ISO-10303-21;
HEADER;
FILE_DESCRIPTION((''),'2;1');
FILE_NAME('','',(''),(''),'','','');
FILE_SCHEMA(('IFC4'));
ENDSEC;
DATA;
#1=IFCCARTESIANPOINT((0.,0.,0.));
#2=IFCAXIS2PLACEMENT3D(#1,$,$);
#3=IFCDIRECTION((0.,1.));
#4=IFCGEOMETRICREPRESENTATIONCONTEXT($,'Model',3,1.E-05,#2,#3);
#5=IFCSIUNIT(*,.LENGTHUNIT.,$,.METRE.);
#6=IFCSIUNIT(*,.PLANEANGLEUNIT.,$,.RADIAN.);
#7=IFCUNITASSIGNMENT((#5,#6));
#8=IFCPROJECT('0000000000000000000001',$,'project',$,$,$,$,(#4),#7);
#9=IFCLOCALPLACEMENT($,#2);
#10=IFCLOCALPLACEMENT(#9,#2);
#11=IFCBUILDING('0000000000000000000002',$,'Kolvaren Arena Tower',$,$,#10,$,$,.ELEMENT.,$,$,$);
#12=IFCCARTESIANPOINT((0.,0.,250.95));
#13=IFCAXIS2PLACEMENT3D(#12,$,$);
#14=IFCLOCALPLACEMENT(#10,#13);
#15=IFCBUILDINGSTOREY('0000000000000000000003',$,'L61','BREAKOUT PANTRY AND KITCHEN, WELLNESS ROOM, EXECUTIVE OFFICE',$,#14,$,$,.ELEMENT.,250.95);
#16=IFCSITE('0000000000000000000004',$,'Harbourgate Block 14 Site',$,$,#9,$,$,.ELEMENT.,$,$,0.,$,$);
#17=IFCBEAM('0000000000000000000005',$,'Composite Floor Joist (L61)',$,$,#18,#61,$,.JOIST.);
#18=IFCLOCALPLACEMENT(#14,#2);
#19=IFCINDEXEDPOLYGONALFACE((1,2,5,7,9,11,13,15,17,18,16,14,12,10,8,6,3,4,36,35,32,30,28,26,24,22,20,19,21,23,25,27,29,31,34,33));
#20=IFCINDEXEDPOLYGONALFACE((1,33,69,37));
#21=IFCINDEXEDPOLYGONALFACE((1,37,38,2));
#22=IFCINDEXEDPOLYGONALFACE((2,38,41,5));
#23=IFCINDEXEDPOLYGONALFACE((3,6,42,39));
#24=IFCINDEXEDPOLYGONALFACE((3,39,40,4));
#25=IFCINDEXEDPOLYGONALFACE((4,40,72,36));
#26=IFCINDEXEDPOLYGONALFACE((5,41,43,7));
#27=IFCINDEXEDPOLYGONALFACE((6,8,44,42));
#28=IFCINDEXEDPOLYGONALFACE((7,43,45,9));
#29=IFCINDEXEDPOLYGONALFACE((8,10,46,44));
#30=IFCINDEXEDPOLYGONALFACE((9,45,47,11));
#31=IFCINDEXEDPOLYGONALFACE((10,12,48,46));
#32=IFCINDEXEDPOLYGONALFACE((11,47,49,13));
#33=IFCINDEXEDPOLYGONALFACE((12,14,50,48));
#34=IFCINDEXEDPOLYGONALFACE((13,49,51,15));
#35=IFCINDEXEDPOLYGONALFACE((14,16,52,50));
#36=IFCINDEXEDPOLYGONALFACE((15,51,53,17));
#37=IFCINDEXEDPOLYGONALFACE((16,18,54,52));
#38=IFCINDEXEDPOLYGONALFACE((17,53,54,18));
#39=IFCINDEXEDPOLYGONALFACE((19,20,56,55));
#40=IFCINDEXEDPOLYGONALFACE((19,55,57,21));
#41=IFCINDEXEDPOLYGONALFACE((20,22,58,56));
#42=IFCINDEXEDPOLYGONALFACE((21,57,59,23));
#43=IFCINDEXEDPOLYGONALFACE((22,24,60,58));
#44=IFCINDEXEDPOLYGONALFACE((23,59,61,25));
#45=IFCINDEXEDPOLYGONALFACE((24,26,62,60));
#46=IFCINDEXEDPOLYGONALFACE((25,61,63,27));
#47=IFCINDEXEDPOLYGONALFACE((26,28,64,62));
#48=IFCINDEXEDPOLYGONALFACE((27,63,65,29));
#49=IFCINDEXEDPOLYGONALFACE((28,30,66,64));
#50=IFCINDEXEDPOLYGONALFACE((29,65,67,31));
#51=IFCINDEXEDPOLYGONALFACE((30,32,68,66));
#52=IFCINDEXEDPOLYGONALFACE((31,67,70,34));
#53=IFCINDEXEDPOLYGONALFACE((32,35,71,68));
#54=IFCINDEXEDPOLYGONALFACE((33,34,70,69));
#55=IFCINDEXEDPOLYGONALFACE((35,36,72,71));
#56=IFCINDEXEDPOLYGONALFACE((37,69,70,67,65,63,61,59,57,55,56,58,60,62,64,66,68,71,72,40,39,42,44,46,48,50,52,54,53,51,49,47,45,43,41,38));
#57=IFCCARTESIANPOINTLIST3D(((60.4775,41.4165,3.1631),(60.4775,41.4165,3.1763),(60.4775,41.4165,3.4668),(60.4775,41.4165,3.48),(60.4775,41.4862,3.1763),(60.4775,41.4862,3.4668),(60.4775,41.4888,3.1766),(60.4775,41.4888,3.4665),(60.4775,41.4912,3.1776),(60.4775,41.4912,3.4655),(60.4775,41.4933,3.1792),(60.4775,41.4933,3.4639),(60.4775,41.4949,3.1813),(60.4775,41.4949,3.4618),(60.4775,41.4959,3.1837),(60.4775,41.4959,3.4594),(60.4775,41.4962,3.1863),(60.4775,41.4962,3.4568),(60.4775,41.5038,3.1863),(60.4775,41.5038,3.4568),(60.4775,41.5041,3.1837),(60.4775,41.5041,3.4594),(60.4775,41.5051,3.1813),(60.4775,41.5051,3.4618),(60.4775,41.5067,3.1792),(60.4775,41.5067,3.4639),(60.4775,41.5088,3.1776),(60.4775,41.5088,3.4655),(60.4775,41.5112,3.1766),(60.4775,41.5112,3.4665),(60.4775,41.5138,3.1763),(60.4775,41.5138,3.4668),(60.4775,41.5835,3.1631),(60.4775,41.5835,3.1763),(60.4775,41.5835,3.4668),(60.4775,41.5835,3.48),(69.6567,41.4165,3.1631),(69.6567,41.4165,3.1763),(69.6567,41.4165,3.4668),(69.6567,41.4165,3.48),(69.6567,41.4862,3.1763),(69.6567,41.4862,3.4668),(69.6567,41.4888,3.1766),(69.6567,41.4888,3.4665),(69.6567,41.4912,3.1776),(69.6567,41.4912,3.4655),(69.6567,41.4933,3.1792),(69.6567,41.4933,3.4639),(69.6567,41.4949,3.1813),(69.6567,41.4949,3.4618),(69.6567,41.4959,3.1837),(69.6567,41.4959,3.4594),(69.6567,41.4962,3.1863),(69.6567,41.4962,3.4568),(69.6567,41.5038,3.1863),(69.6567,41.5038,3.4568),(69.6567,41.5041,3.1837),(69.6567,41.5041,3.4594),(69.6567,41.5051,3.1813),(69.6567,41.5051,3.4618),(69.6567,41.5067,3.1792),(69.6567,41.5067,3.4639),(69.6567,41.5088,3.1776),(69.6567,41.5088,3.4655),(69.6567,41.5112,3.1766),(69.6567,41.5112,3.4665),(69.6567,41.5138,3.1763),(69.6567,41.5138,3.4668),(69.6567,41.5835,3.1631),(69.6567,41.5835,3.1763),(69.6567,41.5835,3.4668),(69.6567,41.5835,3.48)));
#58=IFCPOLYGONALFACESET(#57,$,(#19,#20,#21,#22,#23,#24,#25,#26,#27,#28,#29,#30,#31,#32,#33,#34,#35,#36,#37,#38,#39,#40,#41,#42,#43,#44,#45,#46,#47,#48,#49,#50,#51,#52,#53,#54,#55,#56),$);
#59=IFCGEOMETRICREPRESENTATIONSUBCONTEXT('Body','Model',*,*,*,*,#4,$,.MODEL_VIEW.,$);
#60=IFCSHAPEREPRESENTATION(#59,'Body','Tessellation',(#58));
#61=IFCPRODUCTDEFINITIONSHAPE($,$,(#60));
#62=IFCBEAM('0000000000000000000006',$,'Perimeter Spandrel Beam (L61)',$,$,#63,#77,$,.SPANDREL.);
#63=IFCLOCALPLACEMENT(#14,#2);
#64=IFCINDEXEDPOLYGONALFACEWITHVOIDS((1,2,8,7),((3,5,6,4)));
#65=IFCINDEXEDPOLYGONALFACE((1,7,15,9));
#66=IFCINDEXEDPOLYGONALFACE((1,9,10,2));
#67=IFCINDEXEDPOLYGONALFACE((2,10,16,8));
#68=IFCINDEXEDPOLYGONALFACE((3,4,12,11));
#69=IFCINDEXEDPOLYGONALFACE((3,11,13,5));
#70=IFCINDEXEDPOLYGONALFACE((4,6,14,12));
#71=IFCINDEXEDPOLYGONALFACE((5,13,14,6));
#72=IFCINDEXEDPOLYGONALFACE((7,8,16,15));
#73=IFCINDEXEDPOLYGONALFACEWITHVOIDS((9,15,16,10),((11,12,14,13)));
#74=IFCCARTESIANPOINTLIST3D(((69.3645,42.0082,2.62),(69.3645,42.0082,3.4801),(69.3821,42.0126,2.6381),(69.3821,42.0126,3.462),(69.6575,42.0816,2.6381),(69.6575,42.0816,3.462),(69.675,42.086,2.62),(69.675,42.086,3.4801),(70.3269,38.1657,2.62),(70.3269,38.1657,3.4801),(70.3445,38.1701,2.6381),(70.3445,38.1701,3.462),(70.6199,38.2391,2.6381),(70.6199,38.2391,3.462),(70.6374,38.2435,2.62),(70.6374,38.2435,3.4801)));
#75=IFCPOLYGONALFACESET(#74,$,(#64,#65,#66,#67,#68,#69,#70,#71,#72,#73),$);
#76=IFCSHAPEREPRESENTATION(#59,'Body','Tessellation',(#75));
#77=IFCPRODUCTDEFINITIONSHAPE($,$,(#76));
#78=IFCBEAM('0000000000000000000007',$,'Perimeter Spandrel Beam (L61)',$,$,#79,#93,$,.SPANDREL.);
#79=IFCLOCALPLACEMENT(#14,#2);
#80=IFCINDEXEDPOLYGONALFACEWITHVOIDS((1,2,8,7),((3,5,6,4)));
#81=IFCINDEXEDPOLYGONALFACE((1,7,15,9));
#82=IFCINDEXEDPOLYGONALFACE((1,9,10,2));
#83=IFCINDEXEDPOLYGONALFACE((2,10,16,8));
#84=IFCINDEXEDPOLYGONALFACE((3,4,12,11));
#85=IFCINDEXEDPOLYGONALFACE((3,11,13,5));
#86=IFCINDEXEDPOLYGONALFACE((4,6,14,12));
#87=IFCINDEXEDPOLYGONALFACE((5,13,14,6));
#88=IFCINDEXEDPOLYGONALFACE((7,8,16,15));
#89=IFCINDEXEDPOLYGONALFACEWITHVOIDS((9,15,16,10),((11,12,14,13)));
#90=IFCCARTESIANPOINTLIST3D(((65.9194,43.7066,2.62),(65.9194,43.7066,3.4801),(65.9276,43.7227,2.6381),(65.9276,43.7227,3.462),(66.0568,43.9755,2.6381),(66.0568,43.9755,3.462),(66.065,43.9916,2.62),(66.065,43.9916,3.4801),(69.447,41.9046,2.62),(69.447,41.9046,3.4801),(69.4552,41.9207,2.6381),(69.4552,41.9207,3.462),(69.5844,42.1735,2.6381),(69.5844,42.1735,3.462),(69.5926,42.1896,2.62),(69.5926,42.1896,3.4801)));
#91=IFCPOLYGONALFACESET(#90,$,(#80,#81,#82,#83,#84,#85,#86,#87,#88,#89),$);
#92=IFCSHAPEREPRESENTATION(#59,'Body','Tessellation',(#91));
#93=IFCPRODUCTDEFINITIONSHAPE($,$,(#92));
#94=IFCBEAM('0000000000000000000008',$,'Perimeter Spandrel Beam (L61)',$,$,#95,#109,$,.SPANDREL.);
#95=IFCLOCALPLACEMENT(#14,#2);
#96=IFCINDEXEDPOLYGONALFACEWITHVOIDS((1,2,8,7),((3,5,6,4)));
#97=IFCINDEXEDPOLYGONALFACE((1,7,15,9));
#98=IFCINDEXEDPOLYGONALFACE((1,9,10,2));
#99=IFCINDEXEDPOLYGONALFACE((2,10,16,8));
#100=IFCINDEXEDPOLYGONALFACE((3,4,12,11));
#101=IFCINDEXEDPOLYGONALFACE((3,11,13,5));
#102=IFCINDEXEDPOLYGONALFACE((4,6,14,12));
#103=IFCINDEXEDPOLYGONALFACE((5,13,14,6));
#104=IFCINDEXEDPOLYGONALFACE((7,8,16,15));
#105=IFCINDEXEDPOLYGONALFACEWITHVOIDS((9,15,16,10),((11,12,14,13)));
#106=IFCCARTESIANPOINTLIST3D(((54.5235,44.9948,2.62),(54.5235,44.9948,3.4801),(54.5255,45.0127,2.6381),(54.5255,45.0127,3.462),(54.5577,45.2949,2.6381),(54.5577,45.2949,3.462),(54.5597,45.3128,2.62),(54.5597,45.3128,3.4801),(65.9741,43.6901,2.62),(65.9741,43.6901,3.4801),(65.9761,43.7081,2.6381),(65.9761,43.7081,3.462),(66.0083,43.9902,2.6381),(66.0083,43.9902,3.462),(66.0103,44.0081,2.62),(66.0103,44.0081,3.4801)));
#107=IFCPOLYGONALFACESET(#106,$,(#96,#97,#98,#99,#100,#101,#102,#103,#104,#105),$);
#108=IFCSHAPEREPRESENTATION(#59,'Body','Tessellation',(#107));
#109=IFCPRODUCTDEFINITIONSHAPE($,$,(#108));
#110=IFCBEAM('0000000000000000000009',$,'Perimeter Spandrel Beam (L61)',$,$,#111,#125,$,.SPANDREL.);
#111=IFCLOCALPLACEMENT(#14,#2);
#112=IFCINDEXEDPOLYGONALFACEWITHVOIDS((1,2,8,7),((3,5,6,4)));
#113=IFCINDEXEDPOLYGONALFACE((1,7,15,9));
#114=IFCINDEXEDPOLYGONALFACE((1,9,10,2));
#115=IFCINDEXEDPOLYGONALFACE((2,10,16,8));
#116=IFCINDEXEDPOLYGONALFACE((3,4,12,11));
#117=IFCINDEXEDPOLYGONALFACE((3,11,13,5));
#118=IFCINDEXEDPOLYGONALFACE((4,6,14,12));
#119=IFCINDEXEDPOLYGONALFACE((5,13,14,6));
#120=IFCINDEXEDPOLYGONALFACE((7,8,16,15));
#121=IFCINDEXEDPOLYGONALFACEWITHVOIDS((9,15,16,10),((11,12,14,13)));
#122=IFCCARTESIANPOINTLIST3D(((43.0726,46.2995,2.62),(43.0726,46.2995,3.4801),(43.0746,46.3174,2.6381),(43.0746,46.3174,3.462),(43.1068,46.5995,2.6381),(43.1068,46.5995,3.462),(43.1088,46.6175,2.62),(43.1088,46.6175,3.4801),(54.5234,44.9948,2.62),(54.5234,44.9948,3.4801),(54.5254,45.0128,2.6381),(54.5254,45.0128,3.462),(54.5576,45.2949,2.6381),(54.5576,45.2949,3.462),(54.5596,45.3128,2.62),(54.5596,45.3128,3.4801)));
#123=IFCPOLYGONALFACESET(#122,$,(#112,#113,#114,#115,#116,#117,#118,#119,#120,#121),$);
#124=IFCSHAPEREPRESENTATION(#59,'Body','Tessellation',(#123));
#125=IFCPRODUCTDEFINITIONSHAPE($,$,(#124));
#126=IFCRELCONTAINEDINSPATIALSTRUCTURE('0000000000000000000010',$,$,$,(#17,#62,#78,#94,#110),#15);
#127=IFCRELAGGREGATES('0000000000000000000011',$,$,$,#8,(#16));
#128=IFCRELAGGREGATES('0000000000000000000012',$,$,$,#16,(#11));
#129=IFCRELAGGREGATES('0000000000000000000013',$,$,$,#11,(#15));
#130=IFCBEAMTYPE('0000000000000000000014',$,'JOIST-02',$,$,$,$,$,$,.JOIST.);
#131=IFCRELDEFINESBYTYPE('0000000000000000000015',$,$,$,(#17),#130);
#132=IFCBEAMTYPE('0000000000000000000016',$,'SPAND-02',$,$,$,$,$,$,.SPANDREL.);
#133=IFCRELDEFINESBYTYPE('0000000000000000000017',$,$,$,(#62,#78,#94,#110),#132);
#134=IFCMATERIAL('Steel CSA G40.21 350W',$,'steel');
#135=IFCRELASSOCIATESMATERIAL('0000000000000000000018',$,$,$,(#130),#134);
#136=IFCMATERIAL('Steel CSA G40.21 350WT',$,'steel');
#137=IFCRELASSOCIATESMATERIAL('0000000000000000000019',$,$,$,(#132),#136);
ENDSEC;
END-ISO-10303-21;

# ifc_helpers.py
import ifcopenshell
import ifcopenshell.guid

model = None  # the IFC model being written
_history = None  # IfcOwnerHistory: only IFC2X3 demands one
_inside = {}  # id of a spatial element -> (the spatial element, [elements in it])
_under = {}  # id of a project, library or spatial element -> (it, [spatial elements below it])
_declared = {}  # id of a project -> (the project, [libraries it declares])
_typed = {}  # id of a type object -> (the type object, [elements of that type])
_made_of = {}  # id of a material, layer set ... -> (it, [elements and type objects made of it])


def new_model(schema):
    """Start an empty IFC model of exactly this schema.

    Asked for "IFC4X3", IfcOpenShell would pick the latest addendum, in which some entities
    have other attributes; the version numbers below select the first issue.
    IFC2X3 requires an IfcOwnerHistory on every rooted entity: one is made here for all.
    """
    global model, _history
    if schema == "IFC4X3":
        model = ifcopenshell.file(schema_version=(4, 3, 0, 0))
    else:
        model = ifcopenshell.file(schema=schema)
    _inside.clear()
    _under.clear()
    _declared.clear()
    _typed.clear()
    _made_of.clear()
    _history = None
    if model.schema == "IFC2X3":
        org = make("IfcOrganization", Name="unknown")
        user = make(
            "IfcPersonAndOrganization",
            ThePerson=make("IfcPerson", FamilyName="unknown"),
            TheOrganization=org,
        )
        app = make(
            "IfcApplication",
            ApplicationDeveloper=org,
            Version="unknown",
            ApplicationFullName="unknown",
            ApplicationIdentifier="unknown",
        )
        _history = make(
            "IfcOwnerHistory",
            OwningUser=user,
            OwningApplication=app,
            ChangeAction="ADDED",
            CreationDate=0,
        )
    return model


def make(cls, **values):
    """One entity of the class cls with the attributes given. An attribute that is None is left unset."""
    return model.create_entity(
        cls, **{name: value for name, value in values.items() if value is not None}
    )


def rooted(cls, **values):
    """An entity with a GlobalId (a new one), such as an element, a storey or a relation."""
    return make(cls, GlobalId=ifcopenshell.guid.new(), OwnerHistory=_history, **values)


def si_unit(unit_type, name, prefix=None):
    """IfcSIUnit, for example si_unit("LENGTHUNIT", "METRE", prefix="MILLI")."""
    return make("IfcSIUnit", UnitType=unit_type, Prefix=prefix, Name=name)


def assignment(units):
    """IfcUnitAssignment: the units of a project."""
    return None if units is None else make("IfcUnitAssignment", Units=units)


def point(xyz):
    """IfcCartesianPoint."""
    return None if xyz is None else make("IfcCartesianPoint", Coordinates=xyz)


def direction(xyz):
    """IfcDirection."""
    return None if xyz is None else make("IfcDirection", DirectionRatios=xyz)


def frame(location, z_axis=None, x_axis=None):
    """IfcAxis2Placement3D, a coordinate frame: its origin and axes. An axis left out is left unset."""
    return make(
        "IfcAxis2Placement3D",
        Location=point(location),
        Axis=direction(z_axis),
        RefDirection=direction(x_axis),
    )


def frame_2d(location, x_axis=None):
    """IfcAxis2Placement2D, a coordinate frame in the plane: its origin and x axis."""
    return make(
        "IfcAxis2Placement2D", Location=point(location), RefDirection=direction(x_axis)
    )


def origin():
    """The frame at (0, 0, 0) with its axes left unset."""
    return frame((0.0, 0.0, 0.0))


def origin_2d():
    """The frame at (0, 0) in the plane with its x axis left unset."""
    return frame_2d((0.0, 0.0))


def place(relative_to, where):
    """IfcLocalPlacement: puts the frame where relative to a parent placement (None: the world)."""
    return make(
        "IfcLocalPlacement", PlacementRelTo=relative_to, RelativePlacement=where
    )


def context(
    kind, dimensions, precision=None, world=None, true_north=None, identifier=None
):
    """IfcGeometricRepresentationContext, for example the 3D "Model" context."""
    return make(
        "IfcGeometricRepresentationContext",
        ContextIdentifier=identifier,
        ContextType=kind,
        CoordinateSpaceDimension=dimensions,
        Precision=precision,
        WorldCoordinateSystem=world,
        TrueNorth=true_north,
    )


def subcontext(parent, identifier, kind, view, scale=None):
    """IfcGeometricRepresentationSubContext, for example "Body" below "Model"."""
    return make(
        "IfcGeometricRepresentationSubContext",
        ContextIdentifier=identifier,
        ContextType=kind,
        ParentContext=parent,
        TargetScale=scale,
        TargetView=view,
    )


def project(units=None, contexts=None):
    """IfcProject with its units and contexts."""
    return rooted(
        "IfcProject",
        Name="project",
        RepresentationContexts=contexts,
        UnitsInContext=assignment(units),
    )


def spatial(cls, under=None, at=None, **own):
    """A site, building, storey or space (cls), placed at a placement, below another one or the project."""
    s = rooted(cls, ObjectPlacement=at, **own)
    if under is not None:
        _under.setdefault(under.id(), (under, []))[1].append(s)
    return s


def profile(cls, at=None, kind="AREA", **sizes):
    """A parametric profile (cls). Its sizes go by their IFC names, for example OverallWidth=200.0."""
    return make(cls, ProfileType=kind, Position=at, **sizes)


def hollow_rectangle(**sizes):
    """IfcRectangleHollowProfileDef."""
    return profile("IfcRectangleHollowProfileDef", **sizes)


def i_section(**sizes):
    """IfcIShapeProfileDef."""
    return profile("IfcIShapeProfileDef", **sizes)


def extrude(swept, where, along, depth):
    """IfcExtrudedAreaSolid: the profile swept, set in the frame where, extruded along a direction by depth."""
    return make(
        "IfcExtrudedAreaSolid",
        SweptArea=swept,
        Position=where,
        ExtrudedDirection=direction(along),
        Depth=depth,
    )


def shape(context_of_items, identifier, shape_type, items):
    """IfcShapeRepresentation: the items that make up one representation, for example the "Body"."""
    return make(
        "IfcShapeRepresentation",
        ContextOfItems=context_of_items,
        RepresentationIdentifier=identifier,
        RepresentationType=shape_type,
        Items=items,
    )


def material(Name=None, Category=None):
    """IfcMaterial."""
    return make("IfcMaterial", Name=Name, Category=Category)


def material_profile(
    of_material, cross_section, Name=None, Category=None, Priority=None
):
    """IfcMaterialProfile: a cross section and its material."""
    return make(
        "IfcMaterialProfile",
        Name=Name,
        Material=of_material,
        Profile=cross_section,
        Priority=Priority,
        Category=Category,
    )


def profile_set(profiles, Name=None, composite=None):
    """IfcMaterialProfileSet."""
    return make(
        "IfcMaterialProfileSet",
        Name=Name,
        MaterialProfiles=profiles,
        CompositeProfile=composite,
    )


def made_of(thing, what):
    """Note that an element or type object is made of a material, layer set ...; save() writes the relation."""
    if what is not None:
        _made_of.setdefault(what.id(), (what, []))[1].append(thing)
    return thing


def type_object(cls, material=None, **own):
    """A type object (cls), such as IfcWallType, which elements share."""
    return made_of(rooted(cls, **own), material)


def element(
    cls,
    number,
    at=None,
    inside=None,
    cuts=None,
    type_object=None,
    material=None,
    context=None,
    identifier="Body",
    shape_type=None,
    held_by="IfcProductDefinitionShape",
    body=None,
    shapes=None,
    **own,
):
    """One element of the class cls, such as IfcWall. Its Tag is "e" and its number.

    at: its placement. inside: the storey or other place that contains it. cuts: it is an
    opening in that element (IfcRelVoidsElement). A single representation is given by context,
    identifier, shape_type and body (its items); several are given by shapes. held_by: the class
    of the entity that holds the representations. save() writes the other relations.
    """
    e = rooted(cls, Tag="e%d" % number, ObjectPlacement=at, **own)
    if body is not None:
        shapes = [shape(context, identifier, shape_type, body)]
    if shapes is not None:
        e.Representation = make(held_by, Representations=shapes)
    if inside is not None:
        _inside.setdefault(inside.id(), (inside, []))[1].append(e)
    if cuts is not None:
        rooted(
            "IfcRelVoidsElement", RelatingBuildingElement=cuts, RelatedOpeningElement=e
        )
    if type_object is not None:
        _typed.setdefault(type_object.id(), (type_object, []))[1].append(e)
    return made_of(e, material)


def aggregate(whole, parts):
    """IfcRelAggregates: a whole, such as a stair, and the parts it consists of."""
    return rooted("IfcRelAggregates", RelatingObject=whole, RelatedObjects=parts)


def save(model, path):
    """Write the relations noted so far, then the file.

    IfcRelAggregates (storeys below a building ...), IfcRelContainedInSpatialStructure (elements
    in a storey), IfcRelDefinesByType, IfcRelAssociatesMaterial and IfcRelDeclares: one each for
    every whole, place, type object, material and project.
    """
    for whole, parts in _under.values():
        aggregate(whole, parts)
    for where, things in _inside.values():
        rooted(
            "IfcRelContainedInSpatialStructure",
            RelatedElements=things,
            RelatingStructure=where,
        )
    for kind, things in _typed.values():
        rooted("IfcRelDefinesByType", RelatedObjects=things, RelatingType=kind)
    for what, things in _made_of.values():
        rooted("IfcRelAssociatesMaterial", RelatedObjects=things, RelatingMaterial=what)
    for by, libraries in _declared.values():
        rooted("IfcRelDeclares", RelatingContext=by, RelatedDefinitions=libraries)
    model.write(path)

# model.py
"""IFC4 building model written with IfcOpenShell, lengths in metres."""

from ifc_helpers import new_model, si_unit, direction, frame, origin, origin_2d, place, context, subcontext, project, spatial, hollow_rectangle, i_section, extrude, material, material_profile, profile_set, type_object, element, save


model = new_model("IFC4")

# Units and contexts
model_context = context("Model", 3, precision=1e-05, world=origin(), true_north=direction((0.0, 1.0)))
body_context = subcontext(model_context, "Body", "Model", "MODEL_VIEW")
ifc_project = project(units=[si_unit("LENGTHUNIT", "METRE"), si_unit("PLANEANGLEUNIT", "RADIAN")], contexts=[model_context])

# Site, building, storey
site_placement = place(None, origin())
site = spatial("IfcSite", under=ifc_project, at=site_placement, Name="Harbourgate Block 14 Site", CompositionType="ELEMENT", RefElevation=0.0)
building_placement = place(site_placement, origin())
building = spatial("IfcBuilding", under=site, at=building_placement, Name="Kolvaren Arena Tower", CompositionType="ELEMENT")
storey_placement = place(building_placement, frame((0.0, 0.0, 250.95)))
storey = spatial("IfcBuildingStorey", under=building, at=storey_placement, Name="L61", Description="BREAKOUT PANTRY AND KITCHEN, WELLNESS ROOM, EXECUTIVE OFFICE", CompositionType="ELEMENT", Elevation=250.95)

# Beams
ifc_material_1 = material(Name="Steel CSA G40.21 350W", Category="steel")
ifc_material_profile_1 = material_profile(ifc_material_1, i_section(OverallWidth=0.167, OverallDepth=0.3169, WebThickness=0.0076, FlangeThickness=0.0132, FilletRadius=0.01, at=origin_2d()), Name="W310x52")
ifc_profile_set_1 = profile_set([ifc_material_profile_1], Name="Steel CSA G40.21 350W")
beam_type_1 = type_object("IfcBeamType", Name="JOIST-02", PredefinedType="JOIST", material=ifc_profile_set_1)
beam_1_placement = place(storey_placement, frame((60.4775, 41.5, 3.3215), z_axis=(1.0, 0.0, 0.0), x_axis=(0.0, 1.0, 0.0)))
element("IfcBeam", 1, at=beam_1_placement, inside=storey, type_object=beam_type_1, Name="Composite Floor Joist (L61)", PredefinedType="JOIST", context=body_context, shape_type="SweptSolid", body=[
    extrude(i_section(OverallWidth=0.167, OverallDepth=0.3169, WebThickness=0.0076, FlangeThickness=0.0132, FilletRadius=0.01, at=origin_2d()), origin(), (0.0, 0.0, 1.0), 9.1792),
])
ifc_material_2 = material(Name="Steel CSA G40.21 350WT", Category="steel")
ifc_material_profile_2 = material_profile(ifc_material_2, hollow_rectangle(XDim=0.3201, YDim=0.8601, WallThickness=0.0181, at=origin_2d()), Name="HSS 860x320x18")
ifc_profile_set_2 = profile_set([ifc_material_profile_2], Name="Steel CSA G40.21 350WT")
beam_type_2 = type_object("IfcBeamType", Name="SPAND-02", PredefinedType="SPANDREL", material=ifc_profile_set_2)
for number, where, z_axis, x_axis, name in (
    (2, (70.4822, 38.2046, 3.05), (-0.242956, 0.970037, 0.0), (-0.970037, -0.242956, 0.0), "Perimeter Spandrel Beam (L61)"),
    (3, (69.5198, 42.0471, 3.05), (-0.890536, 0.454913, 0.0), (-0.454913, -0.890536, 0.0), "Perimeter Spandrel Beam (L61)"),
):
    element("IfcBeam", number, at=place(storey_placement, frame(where, z_axis=z_axis, x_axis=x_axis)), inside=storey, type_object=beam_type_2, Name=name, PredefinedType="SPANDREL", context=body_context, shape_type="SweptSolid", body=[
        extrude(hollow_rectangle(XDim=0.3201, YDim=0.8601, WallThickness=0.0181, at=origin_2d()), origin(), (0.0, 0.0, 1.0), 3.9612),
    ])
beam_2_placement = place(storey_placement, frame((65.9922, 43.8491, 3.05), z_axis=(-0.993571, 0.113207, 0.0), x_axis=(-0.113207, -0.993571, 0.0)))
element("IfcBeam", 4, at=beam_2_placement, inside=storey, type_object=beam_type_2, Name="Perimeter Spandrel Beam (L61)", PredefinedType="SPANDREL", context=body_context, shape_type="SweptSolid", body=[
    extrude(hollow_rectangle(XDim=0.3201, YDim=0.8601, WallThickness=0.0181, at=origin_2d()), origin(), (0.0, 0.0, 1.0), 11.5247),
])
beam_3_placement = place(storey_placement, frame((54.5415, 45.1538, 3.05), z_axis=(-0.993572, 0.113205, 0.0), x_axis=(-0.113205, -0.993572, 0.0)))
element("IfcBeam", 5, at=beam_3_placement, inside=storey, type_object=beam_type_2, Name="Perimeter Spandrel Beam (L61)", PredefinedType="SPANDREL", context=body_context, shape_type="SweptSolid", body=[
    extrude(hollow_rectangle(XDim=0.3201, YDim=0.8601, WallThickness=0.0181, at=origin_2d()), origin(), (0.0, 0.0, 1.0), 11.5249),
])

save(model, "model.ifc")
